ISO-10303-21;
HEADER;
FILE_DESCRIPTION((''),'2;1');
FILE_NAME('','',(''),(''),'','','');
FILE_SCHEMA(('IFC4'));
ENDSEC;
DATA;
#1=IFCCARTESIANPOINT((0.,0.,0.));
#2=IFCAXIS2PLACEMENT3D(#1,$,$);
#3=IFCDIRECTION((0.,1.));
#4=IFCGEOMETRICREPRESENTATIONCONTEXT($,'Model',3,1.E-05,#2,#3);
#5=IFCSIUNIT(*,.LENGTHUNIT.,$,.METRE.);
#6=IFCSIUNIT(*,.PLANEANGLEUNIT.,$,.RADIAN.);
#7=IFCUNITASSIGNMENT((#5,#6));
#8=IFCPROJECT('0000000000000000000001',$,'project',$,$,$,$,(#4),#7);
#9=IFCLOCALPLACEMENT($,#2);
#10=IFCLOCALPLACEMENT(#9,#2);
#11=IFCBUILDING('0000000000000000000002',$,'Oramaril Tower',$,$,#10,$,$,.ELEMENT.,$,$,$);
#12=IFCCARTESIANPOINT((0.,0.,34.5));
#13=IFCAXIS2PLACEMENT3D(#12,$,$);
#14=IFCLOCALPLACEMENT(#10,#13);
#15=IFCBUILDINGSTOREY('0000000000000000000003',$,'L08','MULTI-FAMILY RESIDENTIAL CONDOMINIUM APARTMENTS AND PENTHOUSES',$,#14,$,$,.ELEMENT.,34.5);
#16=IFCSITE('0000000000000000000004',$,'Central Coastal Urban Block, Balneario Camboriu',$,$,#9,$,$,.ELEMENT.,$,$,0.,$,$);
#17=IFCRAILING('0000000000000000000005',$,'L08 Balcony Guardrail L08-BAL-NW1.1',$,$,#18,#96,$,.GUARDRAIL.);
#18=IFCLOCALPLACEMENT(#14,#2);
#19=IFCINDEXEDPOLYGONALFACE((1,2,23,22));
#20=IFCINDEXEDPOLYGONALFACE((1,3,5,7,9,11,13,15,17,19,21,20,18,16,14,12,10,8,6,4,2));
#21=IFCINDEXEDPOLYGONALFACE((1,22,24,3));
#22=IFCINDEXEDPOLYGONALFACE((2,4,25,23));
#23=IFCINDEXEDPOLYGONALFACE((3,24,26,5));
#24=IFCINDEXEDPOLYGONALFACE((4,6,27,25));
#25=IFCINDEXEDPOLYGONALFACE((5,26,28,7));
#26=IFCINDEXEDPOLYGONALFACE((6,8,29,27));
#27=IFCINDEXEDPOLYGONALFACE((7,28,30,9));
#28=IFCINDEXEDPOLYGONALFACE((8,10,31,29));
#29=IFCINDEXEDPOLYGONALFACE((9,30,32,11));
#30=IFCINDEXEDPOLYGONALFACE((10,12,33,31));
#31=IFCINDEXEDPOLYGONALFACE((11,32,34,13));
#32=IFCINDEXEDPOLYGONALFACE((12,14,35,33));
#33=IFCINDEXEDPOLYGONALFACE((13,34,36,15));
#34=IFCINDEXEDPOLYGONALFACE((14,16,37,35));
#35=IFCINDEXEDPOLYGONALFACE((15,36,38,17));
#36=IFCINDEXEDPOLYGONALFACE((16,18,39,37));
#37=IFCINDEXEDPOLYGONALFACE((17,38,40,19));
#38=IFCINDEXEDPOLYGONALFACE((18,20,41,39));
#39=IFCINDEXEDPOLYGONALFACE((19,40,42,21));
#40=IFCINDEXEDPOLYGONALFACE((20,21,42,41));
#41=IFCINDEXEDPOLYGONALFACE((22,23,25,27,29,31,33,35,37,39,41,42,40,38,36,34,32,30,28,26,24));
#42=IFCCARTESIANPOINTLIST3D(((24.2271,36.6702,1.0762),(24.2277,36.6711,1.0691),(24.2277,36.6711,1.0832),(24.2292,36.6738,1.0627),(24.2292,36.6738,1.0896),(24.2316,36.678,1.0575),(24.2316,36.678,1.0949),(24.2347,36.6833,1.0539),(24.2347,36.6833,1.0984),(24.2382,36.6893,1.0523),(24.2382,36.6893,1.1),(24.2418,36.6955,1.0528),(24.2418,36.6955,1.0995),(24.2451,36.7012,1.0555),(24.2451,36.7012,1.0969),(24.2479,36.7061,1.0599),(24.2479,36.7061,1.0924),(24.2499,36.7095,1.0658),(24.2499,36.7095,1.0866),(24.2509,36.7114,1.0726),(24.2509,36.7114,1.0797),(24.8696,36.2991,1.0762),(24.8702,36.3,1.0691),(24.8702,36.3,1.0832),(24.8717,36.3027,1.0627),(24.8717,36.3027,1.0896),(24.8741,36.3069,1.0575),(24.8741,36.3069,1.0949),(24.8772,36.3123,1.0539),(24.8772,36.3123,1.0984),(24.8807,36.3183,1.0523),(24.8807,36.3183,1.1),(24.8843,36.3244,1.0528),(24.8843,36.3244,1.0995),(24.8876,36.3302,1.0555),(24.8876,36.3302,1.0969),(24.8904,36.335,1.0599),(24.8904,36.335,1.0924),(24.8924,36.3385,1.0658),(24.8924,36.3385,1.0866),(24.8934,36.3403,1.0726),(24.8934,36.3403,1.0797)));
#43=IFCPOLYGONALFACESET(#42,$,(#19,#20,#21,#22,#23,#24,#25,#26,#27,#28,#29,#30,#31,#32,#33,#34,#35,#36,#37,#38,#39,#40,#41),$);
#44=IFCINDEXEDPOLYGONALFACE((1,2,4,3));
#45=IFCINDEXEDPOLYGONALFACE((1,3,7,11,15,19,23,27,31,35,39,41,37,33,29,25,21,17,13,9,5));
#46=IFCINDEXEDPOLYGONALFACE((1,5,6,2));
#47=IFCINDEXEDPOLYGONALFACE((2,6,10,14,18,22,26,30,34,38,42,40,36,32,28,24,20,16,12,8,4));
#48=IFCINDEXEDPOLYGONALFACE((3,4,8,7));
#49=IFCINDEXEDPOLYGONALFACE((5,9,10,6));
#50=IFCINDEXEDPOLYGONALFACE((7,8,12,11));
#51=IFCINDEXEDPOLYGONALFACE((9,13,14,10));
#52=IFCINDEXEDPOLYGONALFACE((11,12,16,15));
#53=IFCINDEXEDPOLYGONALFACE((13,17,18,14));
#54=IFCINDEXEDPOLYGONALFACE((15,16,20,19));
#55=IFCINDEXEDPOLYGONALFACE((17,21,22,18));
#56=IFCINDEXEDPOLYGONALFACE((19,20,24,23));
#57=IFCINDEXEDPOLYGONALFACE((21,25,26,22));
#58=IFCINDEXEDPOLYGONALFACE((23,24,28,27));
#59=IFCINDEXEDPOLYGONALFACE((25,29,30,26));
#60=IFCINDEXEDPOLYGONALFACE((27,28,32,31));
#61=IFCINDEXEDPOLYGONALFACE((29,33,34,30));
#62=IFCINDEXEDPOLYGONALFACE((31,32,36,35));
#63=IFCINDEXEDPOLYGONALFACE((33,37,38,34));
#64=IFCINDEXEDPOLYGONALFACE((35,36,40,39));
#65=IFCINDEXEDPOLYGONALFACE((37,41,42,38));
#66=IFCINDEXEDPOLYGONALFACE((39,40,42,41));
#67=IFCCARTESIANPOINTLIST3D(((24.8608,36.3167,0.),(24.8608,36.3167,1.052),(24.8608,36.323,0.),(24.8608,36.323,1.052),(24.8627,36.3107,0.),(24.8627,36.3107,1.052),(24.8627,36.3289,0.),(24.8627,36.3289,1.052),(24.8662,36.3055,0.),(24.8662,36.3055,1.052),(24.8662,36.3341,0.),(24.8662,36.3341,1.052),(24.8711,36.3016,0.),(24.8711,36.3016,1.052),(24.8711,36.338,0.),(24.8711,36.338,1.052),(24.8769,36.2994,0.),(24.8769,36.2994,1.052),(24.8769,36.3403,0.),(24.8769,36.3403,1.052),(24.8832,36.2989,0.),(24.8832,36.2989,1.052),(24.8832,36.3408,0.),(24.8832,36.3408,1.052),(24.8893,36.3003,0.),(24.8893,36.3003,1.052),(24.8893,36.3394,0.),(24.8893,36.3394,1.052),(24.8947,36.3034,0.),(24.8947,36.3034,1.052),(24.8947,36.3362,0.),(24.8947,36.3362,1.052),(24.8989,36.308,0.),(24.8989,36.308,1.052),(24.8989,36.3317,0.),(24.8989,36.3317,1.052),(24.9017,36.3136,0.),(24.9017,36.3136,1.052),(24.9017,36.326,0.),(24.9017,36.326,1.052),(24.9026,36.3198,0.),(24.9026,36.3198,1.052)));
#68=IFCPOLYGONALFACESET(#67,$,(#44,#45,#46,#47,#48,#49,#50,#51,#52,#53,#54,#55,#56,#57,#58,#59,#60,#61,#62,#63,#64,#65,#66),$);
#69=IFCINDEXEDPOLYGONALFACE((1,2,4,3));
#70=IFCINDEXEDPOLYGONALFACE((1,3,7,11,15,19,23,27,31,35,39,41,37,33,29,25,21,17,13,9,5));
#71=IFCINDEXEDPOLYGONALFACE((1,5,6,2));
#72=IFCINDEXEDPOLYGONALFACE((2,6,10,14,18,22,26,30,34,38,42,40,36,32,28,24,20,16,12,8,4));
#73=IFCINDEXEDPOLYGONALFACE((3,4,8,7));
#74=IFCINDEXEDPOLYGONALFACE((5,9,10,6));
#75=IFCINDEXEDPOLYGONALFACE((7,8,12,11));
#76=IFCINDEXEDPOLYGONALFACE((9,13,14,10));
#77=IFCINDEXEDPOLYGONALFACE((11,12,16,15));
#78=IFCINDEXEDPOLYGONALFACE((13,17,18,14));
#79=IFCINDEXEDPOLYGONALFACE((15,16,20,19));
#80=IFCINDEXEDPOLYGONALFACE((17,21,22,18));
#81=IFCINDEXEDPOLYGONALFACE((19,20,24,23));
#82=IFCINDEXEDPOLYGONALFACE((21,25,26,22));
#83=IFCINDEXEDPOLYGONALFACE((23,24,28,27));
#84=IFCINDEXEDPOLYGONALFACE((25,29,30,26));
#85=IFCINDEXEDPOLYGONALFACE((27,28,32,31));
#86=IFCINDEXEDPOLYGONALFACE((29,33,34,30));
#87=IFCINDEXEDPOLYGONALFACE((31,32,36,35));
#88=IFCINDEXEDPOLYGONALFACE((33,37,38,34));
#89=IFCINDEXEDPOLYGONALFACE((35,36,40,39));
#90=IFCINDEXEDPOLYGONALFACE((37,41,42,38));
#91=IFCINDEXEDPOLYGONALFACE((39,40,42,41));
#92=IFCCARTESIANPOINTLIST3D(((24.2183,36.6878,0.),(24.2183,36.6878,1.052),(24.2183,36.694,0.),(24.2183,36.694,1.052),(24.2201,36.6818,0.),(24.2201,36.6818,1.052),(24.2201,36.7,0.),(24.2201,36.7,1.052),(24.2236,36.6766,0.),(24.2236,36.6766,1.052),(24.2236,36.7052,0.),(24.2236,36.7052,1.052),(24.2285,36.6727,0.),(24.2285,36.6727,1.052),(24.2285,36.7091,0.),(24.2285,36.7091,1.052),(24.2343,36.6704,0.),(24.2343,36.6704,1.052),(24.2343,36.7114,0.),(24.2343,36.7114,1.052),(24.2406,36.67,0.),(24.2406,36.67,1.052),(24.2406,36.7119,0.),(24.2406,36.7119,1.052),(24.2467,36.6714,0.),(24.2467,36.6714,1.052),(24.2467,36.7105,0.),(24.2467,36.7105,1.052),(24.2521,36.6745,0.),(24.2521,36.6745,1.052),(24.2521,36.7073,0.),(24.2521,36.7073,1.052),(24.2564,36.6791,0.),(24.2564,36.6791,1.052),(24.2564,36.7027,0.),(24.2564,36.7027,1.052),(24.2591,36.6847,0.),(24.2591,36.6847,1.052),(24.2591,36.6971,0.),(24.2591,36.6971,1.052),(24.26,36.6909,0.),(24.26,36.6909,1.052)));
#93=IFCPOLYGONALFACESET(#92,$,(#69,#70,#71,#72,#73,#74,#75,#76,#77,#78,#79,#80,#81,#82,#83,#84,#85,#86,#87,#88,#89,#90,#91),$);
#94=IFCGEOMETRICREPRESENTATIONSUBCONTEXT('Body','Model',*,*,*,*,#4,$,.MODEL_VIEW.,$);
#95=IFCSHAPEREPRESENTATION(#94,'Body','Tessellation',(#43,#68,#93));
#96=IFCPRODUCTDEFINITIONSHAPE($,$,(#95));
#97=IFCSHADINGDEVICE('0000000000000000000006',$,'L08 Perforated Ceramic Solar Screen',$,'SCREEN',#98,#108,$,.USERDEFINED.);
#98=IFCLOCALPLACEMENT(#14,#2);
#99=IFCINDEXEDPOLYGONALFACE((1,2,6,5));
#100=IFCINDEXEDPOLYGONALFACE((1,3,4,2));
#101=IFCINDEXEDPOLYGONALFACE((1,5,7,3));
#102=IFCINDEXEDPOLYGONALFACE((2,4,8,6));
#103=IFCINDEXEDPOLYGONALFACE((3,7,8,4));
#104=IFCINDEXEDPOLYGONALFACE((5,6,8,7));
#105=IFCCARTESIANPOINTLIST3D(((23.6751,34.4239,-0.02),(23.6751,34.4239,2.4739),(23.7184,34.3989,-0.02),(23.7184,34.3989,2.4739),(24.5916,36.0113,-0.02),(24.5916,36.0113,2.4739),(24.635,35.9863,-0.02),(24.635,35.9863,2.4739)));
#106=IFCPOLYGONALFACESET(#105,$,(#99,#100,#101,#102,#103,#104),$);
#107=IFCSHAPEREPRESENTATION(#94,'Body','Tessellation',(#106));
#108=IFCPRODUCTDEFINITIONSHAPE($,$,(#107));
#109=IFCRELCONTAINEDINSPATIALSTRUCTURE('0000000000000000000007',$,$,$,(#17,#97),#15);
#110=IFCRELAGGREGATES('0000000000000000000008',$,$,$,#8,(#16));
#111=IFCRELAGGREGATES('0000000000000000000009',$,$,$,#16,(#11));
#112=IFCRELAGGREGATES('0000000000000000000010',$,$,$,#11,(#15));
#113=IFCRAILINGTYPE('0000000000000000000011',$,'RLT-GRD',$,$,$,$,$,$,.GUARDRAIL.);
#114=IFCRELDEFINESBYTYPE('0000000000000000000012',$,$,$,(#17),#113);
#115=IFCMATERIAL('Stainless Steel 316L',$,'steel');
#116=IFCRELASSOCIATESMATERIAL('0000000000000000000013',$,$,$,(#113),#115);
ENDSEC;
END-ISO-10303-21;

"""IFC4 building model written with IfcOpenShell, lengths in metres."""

from ifc_helpers import new_model, si_unit, direction, frame, origin, origin_2d, place, context, subcontext, project, spatial, rectangle, circle, extrude, material, type_object, element, save


model = new_model("IFC4")

# Units and contexts
model_context = context("Model", 3, precision=1e-05, world=origin(), true_north=direction((0.0, 1.0)))
body_context = subcontext(model_context, "Body", "Model", "MODEL_VIEW")
ifc_project = project(units=[si_unit("LENGTHUNIT", "METRE"), si_unit("PLANEANGLEUNIT", "RADIAN")], contexts=[model_context])

# Site, building, storey
site_placement = place(None, origin())
site = spatial("IfcSite", under=ifc_project, at=site_placement, Name="Central Coastal Urban Block, Balneario Camboriu", CompositionType="ELEMENT", RefElevation=0.0)
building_placement = place(site_placement, origin())
building = spatial("IfcBuilding", under=site, at=building_placement, Name="Oramaril Tower", CompositionType="ELEMENT")
storey_placement = place(building_placement, frame((0.0, 0.0, 34.5)))
storey = spatial("IfcBuildingStorey", under=building, at=storey_placement, Name="L08", Description="MULTI-FAMILY RESIDENTIAL CONDOMINIUM APARTMENTS AND PENTHOUSES", CompositionType="ELEMENT", Elevation=34.5)

# Railing
ifc_material_1 = material(Name="Stainless Steel 316L", Category="steel")
railing_type = type_object("IfcRailingType", Name="RLT-GRD", PredefinedType="GUARDRAIL", material=ifc_material_1)
railing_1_placement = place(storey_placement, frame((24.8816, 36.3198, 0.0)))
element("IfcRailing", 1, at=railing_1_placement, inside=storey, type_object=railing_type, Name="L08 Balcony Guardrail L08-BAL-NW1.1", PredefinedType="GUARDRAIL", context=body_context, shape_type="SweptSolid", body=[
    extrude(circle(Radius=0.0239, at=origin_2d()), frame((0.0, 0.0, 1.0762), z_axis=(-0.865966, 0.500102, 0.0), x_axis=(-0.500102, -0.865966, 0.0)), (0.0, 0.0, 1.0), 0.7419),
    extrude(circle(Radius=0.021, at=origin_2d()), origin(), (0.0, 0.0, 1.0), 1.052),
    extrude(circle(Radius=0.021, at=origin_2d()), frame((-0.6426, 0.3711, 0.0)), (0.0, 0.0, 1.0), 1.052),
])

# Shading device
shading_device_placement = place(storey_placement, frame((24.155, 35.2051, -0.02), z_axis=(0.0, 0.0, 1.0), x_axis=(-0.5, -0.866025, 0.0)))
element("IfcShadingDevice", 2, at=shading_device_placement, inside=storey, Name="L08 Perforated Ceramic Solar Screen", ObjectType="SCREEN", PredefinedType="USERDEFINED", context=body_context, shape_type="SweptSolid", body=[
    extrude(rectangle(XDim=1.833, YDim=0.05, at=origin_2d()), origin(), (0.0, 0.0, 1.0), 2.4939),
])

save(model, "model.ifc")
